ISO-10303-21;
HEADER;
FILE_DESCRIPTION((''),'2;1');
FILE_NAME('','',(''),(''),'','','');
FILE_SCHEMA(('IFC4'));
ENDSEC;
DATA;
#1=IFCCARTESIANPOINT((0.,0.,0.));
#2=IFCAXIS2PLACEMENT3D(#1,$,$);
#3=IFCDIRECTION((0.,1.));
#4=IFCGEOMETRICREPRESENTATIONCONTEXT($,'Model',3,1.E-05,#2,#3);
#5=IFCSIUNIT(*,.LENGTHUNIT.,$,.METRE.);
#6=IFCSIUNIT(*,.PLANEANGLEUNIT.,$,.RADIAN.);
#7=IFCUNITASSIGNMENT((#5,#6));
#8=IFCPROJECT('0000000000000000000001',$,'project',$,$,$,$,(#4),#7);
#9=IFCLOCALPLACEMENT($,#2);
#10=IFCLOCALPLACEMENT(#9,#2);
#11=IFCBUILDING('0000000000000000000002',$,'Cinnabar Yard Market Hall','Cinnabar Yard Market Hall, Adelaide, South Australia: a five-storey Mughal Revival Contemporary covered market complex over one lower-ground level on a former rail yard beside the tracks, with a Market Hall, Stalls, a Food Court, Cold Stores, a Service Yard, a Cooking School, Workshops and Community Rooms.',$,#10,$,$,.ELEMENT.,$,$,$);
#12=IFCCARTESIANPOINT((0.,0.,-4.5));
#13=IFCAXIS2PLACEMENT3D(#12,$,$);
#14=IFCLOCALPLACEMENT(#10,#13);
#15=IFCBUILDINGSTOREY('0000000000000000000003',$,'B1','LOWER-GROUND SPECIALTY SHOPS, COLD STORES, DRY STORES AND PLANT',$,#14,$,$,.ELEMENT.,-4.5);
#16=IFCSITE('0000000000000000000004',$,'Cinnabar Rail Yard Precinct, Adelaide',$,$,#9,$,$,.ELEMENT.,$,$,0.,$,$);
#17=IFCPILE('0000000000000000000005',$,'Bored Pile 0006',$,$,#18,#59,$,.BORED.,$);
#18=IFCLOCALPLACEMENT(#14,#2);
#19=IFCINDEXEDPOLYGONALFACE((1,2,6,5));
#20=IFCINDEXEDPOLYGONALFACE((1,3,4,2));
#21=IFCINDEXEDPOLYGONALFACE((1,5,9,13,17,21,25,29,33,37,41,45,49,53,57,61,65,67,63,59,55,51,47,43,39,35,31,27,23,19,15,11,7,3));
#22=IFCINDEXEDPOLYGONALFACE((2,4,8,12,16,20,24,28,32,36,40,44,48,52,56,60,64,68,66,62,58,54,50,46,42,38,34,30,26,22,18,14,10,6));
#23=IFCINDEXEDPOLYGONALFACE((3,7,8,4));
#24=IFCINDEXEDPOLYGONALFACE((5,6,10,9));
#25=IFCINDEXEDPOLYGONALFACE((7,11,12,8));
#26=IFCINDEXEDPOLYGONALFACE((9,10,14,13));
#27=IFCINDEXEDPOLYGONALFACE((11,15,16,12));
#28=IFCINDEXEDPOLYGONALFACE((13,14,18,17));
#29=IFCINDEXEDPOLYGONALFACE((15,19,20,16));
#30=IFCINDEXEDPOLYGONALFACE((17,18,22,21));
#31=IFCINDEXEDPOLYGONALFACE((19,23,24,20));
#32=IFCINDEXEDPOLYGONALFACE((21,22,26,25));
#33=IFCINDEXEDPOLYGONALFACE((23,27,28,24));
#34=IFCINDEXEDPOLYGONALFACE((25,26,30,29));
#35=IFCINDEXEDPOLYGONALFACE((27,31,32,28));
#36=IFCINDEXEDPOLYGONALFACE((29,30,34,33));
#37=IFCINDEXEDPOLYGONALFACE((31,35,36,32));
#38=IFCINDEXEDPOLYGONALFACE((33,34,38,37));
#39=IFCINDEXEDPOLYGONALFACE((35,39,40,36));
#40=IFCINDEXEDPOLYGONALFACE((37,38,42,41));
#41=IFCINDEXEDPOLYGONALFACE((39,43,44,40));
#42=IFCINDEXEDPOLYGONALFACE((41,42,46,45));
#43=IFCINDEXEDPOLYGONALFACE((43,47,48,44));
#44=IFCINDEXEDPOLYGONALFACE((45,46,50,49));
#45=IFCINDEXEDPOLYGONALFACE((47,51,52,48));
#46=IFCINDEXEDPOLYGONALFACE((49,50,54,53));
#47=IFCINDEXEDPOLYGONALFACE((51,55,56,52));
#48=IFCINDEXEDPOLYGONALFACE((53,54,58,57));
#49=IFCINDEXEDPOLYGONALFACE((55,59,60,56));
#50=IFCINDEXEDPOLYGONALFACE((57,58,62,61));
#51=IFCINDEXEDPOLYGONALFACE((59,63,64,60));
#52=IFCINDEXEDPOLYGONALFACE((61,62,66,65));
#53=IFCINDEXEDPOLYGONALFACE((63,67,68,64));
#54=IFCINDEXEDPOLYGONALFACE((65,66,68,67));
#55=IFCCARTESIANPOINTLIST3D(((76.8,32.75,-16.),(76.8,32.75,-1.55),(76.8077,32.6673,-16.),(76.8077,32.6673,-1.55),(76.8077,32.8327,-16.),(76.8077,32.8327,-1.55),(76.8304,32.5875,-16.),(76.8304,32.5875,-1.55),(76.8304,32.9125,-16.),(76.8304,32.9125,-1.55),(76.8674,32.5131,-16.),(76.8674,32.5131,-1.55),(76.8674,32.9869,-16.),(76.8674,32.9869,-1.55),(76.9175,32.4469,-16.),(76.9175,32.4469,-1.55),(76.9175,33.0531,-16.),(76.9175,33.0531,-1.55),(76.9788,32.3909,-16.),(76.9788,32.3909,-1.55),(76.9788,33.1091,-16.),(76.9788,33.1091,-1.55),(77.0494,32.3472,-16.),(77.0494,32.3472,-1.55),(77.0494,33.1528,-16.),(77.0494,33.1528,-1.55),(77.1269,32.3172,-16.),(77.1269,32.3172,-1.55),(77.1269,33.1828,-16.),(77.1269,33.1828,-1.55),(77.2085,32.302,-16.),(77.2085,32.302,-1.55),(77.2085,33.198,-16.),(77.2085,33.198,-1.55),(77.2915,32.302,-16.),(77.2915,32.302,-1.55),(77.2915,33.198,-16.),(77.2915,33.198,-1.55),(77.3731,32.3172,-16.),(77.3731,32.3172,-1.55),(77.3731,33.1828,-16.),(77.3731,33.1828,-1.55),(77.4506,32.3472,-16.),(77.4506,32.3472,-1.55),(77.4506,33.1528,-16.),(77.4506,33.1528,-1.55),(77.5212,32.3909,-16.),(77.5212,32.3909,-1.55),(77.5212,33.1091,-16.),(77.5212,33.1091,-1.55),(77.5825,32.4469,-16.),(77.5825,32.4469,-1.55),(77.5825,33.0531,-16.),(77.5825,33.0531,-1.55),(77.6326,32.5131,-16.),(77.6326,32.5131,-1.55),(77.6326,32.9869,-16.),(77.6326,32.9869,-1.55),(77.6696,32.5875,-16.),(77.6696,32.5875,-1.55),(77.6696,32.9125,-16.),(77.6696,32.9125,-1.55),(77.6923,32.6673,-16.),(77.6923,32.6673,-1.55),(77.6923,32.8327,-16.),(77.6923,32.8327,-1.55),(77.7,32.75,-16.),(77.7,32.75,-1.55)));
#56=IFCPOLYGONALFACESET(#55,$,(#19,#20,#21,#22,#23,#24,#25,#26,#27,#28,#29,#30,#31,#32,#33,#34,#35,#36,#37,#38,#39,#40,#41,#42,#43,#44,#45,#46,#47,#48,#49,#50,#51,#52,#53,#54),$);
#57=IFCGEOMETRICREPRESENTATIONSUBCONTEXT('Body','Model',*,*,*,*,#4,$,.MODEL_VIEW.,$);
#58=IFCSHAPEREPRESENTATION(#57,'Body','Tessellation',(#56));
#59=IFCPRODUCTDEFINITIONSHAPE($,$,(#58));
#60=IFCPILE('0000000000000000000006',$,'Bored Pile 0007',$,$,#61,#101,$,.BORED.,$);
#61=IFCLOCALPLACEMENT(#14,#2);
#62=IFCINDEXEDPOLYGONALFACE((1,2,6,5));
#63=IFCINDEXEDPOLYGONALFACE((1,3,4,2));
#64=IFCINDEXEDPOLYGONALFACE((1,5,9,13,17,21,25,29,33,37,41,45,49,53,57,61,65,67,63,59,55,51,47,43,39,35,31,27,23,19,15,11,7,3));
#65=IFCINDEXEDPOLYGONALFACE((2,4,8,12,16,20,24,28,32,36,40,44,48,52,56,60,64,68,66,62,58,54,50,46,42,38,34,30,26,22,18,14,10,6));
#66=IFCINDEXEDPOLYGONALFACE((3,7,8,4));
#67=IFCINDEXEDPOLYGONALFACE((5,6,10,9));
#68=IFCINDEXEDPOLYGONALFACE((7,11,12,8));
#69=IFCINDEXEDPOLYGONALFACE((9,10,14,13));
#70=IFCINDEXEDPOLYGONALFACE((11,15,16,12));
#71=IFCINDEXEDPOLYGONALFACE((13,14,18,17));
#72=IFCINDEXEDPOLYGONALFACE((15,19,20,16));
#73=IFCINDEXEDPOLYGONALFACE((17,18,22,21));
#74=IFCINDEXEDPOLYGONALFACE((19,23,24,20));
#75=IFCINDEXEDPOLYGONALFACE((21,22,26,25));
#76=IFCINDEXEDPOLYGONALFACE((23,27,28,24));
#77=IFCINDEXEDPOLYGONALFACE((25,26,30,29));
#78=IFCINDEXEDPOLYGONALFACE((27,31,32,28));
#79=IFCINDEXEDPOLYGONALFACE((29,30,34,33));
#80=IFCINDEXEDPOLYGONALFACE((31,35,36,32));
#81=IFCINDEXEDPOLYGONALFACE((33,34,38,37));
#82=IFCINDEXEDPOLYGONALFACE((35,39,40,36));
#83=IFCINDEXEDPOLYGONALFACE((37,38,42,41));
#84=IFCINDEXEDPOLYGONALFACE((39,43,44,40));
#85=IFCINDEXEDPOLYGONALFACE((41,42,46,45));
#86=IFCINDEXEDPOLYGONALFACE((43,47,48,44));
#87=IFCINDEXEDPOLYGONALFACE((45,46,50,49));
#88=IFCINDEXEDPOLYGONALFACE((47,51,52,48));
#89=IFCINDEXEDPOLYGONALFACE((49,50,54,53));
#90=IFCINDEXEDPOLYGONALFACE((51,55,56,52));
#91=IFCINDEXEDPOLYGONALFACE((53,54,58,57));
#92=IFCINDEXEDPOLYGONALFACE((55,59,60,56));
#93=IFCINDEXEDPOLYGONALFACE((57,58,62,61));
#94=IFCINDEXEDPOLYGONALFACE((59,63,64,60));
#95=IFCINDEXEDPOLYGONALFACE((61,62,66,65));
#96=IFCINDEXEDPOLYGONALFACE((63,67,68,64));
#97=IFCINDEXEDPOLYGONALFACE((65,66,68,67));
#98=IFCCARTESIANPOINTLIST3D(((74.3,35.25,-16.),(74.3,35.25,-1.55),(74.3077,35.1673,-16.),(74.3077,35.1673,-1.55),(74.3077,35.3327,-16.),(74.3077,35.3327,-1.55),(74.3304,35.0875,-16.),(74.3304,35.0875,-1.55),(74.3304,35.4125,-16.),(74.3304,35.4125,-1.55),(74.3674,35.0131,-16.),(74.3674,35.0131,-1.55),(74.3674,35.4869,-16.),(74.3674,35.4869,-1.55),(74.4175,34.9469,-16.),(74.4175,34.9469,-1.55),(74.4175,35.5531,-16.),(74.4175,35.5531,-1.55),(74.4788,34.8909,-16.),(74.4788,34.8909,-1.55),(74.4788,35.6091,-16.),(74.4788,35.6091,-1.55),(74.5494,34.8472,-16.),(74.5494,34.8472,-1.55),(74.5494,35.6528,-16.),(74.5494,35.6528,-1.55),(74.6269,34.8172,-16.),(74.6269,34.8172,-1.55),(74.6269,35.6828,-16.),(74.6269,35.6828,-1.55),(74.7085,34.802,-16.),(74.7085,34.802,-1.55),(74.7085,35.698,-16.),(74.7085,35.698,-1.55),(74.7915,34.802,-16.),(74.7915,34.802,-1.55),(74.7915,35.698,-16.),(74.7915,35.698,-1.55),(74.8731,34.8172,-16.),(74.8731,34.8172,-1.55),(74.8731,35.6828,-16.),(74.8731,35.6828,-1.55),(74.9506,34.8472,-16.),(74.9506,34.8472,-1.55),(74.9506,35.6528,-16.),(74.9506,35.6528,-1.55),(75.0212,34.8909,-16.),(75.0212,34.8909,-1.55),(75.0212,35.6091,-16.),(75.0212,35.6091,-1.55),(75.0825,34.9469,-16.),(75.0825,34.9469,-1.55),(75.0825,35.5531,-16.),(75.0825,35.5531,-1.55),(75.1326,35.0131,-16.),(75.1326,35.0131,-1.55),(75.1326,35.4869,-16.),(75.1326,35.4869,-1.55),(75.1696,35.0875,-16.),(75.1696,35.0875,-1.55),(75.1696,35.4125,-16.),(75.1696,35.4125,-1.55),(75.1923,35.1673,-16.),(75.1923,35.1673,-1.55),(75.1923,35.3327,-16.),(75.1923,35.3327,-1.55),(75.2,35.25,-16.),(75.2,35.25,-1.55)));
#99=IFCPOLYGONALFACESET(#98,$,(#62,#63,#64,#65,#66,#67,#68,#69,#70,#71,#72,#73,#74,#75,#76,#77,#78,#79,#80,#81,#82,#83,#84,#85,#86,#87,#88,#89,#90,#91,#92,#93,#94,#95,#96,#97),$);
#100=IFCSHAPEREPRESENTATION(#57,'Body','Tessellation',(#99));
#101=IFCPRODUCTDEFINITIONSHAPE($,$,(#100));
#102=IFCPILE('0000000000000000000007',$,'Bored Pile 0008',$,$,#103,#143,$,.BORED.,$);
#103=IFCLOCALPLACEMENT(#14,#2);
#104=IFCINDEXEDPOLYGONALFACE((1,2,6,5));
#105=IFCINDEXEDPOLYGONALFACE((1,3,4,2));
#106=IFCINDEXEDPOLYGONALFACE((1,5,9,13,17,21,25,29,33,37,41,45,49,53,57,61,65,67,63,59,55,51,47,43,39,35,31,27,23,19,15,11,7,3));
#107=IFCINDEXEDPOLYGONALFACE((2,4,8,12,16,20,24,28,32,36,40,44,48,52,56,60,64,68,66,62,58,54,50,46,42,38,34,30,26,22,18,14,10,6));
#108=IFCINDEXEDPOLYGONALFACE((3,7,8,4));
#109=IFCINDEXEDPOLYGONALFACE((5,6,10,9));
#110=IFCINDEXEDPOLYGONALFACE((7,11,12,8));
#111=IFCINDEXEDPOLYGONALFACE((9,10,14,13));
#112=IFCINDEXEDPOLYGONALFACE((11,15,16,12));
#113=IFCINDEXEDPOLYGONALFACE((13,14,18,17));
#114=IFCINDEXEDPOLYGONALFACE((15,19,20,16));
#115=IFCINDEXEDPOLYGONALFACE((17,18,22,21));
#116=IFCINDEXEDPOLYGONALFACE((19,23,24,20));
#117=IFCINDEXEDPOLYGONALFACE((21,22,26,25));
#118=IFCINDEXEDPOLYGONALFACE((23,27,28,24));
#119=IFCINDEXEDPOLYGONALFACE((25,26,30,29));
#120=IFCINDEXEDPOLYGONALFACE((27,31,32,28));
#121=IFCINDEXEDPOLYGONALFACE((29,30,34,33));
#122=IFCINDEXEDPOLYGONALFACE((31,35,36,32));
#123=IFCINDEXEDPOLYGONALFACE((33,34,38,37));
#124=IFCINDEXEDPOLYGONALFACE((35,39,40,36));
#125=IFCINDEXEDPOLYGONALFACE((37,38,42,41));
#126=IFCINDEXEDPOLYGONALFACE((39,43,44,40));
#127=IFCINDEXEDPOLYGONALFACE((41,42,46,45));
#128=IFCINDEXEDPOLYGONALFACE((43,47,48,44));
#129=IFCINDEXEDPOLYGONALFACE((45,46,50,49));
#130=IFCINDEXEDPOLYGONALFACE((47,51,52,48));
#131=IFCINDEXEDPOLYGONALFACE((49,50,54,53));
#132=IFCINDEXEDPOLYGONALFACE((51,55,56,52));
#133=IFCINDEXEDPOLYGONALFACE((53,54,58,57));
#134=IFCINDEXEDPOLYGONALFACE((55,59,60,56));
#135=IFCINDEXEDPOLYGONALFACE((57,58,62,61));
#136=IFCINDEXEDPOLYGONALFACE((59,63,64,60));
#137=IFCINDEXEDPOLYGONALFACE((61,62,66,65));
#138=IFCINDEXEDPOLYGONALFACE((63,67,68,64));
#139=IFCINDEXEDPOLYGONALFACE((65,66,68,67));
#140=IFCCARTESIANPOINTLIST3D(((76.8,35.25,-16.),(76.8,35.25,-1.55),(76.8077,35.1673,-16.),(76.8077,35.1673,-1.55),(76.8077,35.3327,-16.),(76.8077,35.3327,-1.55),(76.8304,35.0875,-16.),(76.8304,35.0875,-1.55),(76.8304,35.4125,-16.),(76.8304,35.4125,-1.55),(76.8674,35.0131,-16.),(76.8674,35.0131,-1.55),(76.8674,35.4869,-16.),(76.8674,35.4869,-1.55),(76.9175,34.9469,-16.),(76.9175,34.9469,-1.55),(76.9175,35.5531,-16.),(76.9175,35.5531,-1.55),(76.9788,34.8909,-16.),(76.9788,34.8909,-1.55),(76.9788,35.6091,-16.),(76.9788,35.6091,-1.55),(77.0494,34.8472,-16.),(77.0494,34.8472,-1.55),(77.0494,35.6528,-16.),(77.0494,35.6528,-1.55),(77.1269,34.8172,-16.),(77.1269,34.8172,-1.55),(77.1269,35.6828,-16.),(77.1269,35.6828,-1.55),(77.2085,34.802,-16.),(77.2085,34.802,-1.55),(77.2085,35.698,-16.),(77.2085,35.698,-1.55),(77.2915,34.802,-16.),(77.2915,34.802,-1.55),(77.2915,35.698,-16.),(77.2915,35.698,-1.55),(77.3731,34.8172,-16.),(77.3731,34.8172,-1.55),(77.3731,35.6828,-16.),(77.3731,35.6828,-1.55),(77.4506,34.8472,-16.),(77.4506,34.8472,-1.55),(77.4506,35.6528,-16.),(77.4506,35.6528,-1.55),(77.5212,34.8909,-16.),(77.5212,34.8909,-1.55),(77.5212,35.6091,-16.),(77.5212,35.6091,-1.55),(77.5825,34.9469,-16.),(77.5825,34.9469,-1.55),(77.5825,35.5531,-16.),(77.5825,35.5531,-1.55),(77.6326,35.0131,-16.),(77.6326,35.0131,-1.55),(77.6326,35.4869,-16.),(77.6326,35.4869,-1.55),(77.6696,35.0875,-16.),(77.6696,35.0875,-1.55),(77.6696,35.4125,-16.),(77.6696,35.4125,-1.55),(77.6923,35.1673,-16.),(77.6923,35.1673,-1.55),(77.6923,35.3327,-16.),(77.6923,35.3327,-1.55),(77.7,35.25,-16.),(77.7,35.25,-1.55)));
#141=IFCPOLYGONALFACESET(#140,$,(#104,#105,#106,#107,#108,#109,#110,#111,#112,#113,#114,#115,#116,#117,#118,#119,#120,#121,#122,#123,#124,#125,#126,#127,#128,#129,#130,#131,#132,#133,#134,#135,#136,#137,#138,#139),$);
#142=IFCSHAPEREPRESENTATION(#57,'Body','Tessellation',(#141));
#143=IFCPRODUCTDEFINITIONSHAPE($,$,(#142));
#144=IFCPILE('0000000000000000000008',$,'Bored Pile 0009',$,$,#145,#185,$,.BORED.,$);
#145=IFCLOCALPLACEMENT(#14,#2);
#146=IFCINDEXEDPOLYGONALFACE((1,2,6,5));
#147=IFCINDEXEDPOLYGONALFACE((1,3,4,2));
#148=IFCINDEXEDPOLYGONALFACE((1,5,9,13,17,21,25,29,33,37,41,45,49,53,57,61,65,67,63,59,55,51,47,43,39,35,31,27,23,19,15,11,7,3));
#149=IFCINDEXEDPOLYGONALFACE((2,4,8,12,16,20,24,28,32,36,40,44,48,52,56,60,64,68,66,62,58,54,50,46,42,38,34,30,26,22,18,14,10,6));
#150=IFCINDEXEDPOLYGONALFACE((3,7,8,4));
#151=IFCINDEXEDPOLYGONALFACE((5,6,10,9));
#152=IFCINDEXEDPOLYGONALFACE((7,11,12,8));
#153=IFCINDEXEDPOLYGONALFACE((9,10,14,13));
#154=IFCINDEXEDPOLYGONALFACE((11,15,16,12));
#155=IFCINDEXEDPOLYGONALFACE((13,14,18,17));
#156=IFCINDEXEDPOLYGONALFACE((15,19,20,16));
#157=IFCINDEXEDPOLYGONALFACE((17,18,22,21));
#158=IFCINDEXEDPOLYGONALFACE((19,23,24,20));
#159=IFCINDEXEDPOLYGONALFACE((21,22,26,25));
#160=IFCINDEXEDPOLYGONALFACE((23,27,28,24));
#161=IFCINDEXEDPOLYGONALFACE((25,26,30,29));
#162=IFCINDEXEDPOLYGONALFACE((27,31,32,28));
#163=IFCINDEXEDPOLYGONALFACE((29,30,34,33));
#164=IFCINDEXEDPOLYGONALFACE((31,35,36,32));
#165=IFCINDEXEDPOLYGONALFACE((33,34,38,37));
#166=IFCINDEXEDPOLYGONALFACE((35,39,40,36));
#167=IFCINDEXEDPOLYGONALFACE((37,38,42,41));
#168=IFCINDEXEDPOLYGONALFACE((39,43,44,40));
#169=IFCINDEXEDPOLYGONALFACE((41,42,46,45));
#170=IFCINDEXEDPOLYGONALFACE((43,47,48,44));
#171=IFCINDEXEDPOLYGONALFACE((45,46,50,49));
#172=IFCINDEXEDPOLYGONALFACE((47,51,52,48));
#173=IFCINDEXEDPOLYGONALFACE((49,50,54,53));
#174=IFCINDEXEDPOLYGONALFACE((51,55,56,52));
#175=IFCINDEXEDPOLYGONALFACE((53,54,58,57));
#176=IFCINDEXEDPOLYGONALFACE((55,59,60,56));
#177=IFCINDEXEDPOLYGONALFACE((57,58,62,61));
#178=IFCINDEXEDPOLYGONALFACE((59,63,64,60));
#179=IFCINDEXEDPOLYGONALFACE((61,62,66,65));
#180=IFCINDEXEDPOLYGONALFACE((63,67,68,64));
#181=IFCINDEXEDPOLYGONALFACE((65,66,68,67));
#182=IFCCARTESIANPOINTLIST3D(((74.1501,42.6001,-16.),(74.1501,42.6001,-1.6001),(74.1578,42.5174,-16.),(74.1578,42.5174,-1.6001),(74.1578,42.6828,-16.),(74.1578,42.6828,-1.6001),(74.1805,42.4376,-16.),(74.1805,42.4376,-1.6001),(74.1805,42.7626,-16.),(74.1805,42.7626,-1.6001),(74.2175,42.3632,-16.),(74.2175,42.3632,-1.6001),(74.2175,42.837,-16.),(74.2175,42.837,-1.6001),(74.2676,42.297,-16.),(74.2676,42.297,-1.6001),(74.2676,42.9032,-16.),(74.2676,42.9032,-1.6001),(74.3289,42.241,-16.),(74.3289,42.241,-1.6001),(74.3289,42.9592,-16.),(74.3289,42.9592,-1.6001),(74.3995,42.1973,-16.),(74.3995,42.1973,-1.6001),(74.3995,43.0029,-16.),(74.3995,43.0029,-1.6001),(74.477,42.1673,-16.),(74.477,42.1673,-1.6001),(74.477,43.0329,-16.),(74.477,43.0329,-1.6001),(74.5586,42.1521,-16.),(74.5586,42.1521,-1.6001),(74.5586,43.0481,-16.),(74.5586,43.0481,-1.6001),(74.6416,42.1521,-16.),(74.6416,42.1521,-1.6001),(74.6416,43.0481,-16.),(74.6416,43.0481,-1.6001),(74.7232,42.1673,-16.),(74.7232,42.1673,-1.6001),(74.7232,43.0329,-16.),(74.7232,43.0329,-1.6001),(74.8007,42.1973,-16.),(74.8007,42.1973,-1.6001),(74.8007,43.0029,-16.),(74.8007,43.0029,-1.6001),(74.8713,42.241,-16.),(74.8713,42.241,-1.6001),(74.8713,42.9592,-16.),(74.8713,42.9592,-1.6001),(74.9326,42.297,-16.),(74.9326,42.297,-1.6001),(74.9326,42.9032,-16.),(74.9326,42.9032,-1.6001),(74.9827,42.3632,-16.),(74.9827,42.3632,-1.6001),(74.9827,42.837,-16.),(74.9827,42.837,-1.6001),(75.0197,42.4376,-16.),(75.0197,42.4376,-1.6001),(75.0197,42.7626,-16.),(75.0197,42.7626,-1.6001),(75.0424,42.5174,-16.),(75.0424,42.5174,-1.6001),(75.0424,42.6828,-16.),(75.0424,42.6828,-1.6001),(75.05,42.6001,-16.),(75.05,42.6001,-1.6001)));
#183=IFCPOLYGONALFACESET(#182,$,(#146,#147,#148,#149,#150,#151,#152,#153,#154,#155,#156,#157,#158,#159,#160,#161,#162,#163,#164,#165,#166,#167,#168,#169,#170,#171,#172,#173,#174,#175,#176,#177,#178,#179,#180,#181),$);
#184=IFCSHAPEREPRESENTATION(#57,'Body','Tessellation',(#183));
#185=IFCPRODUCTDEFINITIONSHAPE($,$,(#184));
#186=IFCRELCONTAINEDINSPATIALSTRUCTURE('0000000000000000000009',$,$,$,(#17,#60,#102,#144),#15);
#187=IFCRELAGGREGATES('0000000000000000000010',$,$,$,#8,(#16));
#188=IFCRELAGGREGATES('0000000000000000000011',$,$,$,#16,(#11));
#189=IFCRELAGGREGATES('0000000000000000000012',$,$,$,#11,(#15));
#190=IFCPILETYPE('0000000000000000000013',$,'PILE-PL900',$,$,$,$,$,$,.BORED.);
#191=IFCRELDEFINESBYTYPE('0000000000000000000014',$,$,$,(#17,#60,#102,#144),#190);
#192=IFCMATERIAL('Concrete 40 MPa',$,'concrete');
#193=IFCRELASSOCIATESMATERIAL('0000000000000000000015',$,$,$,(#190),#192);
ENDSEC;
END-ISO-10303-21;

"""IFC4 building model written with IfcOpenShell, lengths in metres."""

from ifc_helpers import new_model, si_unit, direction, frame, origin, origin_2d_with_axis, place, context, subcontext, project, spatial, circle, extrude, material, material_profile, profile_set, type_object, element, save


model = new_model("IFC4")

# Units and contexts
model_context = context("Model", 3, precision=1e-05, world=origin(), true_north=direction((0.0, 1.0)))
body_context = subcontext(model_context, "Body", "Model", "MODEL_VIEW")
ifc_project = project(units=[si_unit("LENGTHUNIT", "METRE"), si_unit("PLANEANGLEUNIT", "RADIAN")], contexts=[model_context])

# Site, building, storey
site_placement = place(None, origin())
site = spatial("IfcSite", under=ifc_project, at=site_placement, Name="Cinnabar Rail Yard Precinct, Adelaide", CompositionType="ELEMENT", RefElevation=0.0)
building_placement = place(site_placement, origin())
building = spatial("IfcBuilding", under=site, at=building_placement, Name="Cinnabar Yard Market Hall", Description="Cinnabar Yard Market Hall, Adelaide, South Australia: a five-storey Mughal Revival Contemporary covered market complex over one lower-ground level on a former rail yard beside the tracks, with a Market Hall, Stalls, a Food Court, Cold Stores, a Service Yard, a Cooking School, Workshops and Community Rooms.", CompositionType="ELEMENT")
storey_placement = place(building_placement, frame((0.0, 0.0, -4.5)))
storey = spatial("IfcBuildingStorey", under=building, at=storey_placement, Name="B1", Description="LOWER-GROUND SPECIALTY SHOPS, COLD STORES, DRY STORES AND PLANT", CompositionType="ELEMENT", Elevation=-4.5)

# Shared definitions
ifc_material_1 = material(Name="Concrete 40 MPa", Category="concrete")

# Piles
ifc_material_profile_1 = material_profile(ifc_material_1, circle(Radius=0.45, at=origin_2d_with_axis()), Name="PILE-D900")
ifc_profile_set_1 = profile_set([ifc_material_profile_1], Name="Concrete 40 MPa")
pile_type_1 = type_object("IfcPileType", Name="PILE-PL900", PredefinedType="BORED", material=ifc_profile_set_1)
for number, where, z_axis, x_axis, name in (
    (1, (77.25, 32.75, -1.55), (0.0, 0.0, -1.0), (1.0, 0.0, 0.0), "Bored Pile 0006"),
    (2, (74.75, 35.25, -1.55), (0.0, 0.0, -1.0), (1.0, 0.0, 0.0), "Bored Pile 0007"),
    (3, (77.25, 35.25, -1.55), (0.0, 0.0, -1.0), (1.0, 0.0, 0.0), "Bored Pile 0008"),
):
    element("IfcPile", number, at=place(storey_placement, frame(where, z_axis=z_axis, x_axis=x_axis)), inside=storey, type_object=pile_type_1, Name=name, PredefinedType="BORED", context=body_context, shape_type="SweptSolid", body=[
        extrude(circle(Radius=0.45, at=origin_2d_with_axis()), origin(), (0.0, 0.0, 1.0), 14.45),
    ])
for number, where, z_axis, x_axis, name in (
    (4, (74.6001, 42.6001, -1.6001), (0.0, 0.0, -1.0), (1.0, 0.0, 0.0), "Bored Pile 0009"),
):
    element("IfcPile", number, at=place(storey_placement, frame(where, z_axis=z_axis, x_axis=x_axis)), inside=storey, type_object=pile_type_1, Name=name, PredefinedType="BORED", context=body_context, shape_type="SweptSolid", body=[
        extrude(circle(Radius=0.45, at=origin_2d_with_axis()), origin(), (0.0, 0.0, 1.0), 14.3999),
    ])

save(model, "model.ifc")
